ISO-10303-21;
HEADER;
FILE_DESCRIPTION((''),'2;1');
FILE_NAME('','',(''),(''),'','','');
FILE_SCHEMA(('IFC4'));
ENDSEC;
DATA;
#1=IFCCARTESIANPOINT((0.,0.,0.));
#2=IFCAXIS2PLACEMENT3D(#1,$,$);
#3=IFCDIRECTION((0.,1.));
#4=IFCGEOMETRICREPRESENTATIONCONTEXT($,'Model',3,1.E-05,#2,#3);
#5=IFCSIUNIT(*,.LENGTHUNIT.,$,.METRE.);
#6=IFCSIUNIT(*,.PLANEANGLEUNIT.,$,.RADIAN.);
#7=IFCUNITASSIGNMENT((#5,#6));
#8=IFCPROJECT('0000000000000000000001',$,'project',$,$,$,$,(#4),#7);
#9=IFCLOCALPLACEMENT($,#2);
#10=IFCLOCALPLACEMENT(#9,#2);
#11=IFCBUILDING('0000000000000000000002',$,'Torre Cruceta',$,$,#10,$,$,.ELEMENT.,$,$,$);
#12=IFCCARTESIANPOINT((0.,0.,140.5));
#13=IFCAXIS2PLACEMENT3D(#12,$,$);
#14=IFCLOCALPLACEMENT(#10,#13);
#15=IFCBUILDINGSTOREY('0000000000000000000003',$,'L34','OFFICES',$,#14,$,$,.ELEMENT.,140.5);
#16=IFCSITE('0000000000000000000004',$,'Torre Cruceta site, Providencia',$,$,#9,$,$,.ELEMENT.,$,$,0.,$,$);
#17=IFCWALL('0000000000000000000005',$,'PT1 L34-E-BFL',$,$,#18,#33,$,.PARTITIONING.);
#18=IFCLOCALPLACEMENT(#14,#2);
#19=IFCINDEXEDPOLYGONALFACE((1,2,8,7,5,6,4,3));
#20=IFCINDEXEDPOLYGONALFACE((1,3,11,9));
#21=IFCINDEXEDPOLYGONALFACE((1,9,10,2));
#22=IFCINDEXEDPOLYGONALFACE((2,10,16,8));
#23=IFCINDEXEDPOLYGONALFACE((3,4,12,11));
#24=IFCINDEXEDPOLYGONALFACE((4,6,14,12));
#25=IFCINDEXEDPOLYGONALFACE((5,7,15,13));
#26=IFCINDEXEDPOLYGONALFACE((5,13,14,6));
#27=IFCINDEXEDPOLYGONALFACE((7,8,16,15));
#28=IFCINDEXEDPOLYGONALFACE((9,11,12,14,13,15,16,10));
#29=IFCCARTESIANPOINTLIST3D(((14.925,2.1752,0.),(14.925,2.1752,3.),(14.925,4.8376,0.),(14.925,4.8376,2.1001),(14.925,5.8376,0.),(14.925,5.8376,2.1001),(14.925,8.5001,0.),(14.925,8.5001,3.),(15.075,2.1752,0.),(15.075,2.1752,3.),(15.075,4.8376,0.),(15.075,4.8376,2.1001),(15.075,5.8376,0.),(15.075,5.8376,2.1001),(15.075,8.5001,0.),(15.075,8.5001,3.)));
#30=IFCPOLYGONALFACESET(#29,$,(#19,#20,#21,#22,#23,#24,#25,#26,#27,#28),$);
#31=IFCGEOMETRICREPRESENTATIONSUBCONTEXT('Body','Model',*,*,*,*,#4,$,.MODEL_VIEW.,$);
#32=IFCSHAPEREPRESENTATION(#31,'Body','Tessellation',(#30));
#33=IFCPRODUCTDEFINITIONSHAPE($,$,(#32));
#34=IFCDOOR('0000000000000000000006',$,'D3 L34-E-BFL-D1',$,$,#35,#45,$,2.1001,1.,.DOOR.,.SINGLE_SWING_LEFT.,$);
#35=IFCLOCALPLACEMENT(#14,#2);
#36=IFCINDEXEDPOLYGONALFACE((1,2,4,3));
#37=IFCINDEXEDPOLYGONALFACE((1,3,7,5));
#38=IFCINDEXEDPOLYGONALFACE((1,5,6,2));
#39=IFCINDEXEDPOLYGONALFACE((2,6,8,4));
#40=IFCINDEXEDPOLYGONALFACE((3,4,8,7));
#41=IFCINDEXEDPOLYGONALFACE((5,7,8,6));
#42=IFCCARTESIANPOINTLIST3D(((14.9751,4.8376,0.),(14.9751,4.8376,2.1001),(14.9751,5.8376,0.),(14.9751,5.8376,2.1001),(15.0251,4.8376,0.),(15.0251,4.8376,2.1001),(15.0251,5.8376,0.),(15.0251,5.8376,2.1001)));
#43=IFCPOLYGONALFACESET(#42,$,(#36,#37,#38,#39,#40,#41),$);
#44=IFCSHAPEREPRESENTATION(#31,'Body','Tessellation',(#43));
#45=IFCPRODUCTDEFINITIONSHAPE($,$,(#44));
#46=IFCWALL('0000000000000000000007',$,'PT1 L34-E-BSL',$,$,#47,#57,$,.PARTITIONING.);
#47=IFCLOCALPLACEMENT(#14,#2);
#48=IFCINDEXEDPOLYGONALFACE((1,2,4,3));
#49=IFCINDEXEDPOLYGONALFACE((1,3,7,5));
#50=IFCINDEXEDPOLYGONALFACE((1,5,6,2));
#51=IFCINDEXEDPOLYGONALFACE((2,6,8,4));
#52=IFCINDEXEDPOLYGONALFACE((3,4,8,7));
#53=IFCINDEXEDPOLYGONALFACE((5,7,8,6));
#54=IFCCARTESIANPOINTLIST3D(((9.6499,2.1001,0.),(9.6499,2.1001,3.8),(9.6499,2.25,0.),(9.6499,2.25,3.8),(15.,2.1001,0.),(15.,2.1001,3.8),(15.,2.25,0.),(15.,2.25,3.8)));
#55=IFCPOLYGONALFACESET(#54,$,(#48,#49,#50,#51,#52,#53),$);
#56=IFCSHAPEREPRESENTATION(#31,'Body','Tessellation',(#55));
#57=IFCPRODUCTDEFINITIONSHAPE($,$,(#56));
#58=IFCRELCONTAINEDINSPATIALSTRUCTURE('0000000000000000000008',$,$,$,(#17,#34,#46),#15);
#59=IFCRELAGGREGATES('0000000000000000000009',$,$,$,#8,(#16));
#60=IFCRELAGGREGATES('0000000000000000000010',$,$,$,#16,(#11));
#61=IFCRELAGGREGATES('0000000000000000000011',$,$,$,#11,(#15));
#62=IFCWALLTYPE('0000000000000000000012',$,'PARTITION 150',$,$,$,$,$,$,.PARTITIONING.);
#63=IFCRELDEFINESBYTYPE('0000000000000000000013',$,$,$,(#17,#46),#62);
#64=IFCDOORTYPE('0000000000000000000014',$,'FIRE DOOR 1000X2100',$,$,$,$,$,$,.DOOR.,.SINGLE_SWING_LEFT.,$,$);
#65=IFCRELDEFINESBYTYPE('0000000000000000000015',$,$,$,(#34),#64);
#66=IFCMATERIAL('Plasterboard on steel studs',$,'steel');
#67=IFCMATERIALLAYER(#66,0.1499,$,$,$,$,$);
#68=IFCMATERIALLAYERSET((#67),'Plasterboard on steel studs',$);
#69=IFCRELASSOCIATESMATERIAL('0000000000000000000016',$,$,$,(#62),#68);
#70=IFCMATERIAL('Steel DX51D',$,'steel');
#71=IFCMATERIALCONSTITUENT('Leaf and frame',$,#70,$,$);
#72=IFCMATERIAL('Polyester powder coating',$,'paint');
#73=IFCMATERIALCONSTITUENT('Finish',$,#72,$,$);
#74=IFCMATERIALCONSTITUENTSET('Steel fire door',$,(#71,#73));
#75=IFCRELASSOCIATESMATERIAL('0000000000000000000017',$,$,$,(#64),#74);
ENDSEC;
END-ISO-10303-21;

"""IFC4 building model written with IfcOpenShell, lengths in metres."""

from ifc_helpers import new_model, si_unit, direction, frame, frame_2d, origin, place, context, subcontext, project, spatial, rectangle, extrude, material, layer, layer_set, constituent, constituent_set, type_object, element, fill, save


model = new_model("IFC4")

# Units and contexts
model_context = context("Model", 3, precision=1e-05, world=origin(), true_north=direction((0.0, 1.0)))
body_context = subcontext(model_context, "Body", "Model", "MODEL_VIEW")
ifc_project = project(units=[si_unit("LENGTHUNIT", "METRE"), si_unit("PLANEANGLEUNIT", "RADIAN")], contexts=[model_context])

# Site, building, storey
site_placement = place(None, origin())
site = spatial("IfcSite", under=ifc_project, at=site_placement, Name="Torre Cruceta site, Providencia", CompositionType="ELEMENT", RefElevation=0.0)
building_placement = place(site_placement, origin())
building = spatial("IfcBuilding", under=site, at=building_placement, Name="Torre Cruceta", CompositionType="ELEMENT")
storey_placement = place(building_placement, frame((0.0, 0.0, 140.5)))
storey = spatial("IfcBuildingStorey", under=building, at=storey_placement, Name="L34", Description="OFFICES", CompositionType="ELEMENT", Elevation=140.5)

# Wall, opening, door
ifc_material_1 = material(Name="Plasterboard on steel studs", Category="steel")
ifc_layer_1 = layer(ifc_material_1, 0.1499)
ifc_layer_set_1 = layer_set([ifc_layer_1], Name="Plasterboard on steel studs")
wall_type_1 = type_object("IfcWallType", Name="PARTITION 150", PredefinedType="PARTITIONING", material=ifc_layer_set_1)
wall_1_placement = place(storey_placement, frame((15.0, 2.175, 0.0), z_axis=(0.0, 0.0, 1.0), x_axis=(0.0, 1.0, 0.0)))
wall_1 = element("IfcWall", 1, at=wall_1_placement, inside=storey, type_object=wall_type_1, Name="PT1 L34-E-BFL", PredefinedType="PARTITIONING", context=body_context, shape_type="SweptSolid", body=[
    extrude(rectangle(XDim=6.325, YDim=0.1499, at=frame_2d((3.1626, 0.0))), origin(), (0.0, 0.0, 1.0), 3.0),
])
opening_1_placement = place(wall_1_placement, frame((2.6626, 0.0, 0.0)))
opening_1 = element("IfcOpeningElement", 2, at=opening_1_placement, cuts=wall_1, PredefinedType="OPENING", context=body_context, shape_type="SweptSolid", body=[
    extrude(rectangle(XDim=1.0, YDim=2.1001, at=frame_2d((0.5, 1.05))), frame((0.0, 0.085, 0.0), z_axis=(0.0, -1.0, 0.0), x_axis=(1.0, 0.0, 0.0)), (0.0, 0.0, 1.0), 0.1699),
])
ifc_material_2 = material(Name="Steel DX51D", Category="steel")
ifc_constituent_1 = constituent(ifc_material_2, Name="Leaf and frame")
ifc_material_3 = material(Name="Polyester powder coating", Category="paint")
ifc_constituent_2 = constituent(ifc_material_3, Name="Finish")
ifc_constituent_set_1 = constituent_set(constituents=[ifc_constituent_1, ifc_constituent_2], Name="Steel fire door")
door_type = type_object("IfcDoorType", Name="FIRE DOOR 1000X2100", OperationType="SINGLE_SWING_LEFT", PredefinedType="DOOR", material=ifc_constituent_set_1)
door_placement = place(opening_1_placement, origin())
door = element("IfcDoor", 3, at=door_placement, inside=storey, type_object=door_type, Name="D3 L34-E-BFL-D1", OperationType="SINGLE_SWING_LEFT", OverallHeight=2.1001, OverallWidth=1.0, PredefinedType="DOOR", context=body_context, shape_type="SweptSolid", body=[
    extrude(rectangle(XDim=1.0, YDim=2.1001, at=frame_2d((0.5, 1.05))), frame((0.0, 0.0249, 0.0), z_axis=(0.0, -1.0, 0.0), x_axis=(1.0, 0.0, 0.0)), (0.0, 0.0, 1.0), 0.05),
])
fill(opening_1, door)

# Wall
wall_2_placement = place(storey_placement, frame((9.6499, 2.175, 0.0), z_axis=(0.0, 0.0, 1.0), x_axis=(1.0, 0.0, 0.0)))
element("IfcWall", 4, at=wall_2_placement, inside=storey, type_object=wall_type_1, Name="PT1 L34-E-BSL", PredefinedType="PARTITIONING", context=body_context, shape_type="SweptSolid", body=[
    extrude(rectangle(XDim=5.3501, YDim=0.1499, at=frame_2d((2.675, 0.0))), origin(), (0.0, 0.0, 1.0), 3.8),
])

save(model, "model.ifc")
